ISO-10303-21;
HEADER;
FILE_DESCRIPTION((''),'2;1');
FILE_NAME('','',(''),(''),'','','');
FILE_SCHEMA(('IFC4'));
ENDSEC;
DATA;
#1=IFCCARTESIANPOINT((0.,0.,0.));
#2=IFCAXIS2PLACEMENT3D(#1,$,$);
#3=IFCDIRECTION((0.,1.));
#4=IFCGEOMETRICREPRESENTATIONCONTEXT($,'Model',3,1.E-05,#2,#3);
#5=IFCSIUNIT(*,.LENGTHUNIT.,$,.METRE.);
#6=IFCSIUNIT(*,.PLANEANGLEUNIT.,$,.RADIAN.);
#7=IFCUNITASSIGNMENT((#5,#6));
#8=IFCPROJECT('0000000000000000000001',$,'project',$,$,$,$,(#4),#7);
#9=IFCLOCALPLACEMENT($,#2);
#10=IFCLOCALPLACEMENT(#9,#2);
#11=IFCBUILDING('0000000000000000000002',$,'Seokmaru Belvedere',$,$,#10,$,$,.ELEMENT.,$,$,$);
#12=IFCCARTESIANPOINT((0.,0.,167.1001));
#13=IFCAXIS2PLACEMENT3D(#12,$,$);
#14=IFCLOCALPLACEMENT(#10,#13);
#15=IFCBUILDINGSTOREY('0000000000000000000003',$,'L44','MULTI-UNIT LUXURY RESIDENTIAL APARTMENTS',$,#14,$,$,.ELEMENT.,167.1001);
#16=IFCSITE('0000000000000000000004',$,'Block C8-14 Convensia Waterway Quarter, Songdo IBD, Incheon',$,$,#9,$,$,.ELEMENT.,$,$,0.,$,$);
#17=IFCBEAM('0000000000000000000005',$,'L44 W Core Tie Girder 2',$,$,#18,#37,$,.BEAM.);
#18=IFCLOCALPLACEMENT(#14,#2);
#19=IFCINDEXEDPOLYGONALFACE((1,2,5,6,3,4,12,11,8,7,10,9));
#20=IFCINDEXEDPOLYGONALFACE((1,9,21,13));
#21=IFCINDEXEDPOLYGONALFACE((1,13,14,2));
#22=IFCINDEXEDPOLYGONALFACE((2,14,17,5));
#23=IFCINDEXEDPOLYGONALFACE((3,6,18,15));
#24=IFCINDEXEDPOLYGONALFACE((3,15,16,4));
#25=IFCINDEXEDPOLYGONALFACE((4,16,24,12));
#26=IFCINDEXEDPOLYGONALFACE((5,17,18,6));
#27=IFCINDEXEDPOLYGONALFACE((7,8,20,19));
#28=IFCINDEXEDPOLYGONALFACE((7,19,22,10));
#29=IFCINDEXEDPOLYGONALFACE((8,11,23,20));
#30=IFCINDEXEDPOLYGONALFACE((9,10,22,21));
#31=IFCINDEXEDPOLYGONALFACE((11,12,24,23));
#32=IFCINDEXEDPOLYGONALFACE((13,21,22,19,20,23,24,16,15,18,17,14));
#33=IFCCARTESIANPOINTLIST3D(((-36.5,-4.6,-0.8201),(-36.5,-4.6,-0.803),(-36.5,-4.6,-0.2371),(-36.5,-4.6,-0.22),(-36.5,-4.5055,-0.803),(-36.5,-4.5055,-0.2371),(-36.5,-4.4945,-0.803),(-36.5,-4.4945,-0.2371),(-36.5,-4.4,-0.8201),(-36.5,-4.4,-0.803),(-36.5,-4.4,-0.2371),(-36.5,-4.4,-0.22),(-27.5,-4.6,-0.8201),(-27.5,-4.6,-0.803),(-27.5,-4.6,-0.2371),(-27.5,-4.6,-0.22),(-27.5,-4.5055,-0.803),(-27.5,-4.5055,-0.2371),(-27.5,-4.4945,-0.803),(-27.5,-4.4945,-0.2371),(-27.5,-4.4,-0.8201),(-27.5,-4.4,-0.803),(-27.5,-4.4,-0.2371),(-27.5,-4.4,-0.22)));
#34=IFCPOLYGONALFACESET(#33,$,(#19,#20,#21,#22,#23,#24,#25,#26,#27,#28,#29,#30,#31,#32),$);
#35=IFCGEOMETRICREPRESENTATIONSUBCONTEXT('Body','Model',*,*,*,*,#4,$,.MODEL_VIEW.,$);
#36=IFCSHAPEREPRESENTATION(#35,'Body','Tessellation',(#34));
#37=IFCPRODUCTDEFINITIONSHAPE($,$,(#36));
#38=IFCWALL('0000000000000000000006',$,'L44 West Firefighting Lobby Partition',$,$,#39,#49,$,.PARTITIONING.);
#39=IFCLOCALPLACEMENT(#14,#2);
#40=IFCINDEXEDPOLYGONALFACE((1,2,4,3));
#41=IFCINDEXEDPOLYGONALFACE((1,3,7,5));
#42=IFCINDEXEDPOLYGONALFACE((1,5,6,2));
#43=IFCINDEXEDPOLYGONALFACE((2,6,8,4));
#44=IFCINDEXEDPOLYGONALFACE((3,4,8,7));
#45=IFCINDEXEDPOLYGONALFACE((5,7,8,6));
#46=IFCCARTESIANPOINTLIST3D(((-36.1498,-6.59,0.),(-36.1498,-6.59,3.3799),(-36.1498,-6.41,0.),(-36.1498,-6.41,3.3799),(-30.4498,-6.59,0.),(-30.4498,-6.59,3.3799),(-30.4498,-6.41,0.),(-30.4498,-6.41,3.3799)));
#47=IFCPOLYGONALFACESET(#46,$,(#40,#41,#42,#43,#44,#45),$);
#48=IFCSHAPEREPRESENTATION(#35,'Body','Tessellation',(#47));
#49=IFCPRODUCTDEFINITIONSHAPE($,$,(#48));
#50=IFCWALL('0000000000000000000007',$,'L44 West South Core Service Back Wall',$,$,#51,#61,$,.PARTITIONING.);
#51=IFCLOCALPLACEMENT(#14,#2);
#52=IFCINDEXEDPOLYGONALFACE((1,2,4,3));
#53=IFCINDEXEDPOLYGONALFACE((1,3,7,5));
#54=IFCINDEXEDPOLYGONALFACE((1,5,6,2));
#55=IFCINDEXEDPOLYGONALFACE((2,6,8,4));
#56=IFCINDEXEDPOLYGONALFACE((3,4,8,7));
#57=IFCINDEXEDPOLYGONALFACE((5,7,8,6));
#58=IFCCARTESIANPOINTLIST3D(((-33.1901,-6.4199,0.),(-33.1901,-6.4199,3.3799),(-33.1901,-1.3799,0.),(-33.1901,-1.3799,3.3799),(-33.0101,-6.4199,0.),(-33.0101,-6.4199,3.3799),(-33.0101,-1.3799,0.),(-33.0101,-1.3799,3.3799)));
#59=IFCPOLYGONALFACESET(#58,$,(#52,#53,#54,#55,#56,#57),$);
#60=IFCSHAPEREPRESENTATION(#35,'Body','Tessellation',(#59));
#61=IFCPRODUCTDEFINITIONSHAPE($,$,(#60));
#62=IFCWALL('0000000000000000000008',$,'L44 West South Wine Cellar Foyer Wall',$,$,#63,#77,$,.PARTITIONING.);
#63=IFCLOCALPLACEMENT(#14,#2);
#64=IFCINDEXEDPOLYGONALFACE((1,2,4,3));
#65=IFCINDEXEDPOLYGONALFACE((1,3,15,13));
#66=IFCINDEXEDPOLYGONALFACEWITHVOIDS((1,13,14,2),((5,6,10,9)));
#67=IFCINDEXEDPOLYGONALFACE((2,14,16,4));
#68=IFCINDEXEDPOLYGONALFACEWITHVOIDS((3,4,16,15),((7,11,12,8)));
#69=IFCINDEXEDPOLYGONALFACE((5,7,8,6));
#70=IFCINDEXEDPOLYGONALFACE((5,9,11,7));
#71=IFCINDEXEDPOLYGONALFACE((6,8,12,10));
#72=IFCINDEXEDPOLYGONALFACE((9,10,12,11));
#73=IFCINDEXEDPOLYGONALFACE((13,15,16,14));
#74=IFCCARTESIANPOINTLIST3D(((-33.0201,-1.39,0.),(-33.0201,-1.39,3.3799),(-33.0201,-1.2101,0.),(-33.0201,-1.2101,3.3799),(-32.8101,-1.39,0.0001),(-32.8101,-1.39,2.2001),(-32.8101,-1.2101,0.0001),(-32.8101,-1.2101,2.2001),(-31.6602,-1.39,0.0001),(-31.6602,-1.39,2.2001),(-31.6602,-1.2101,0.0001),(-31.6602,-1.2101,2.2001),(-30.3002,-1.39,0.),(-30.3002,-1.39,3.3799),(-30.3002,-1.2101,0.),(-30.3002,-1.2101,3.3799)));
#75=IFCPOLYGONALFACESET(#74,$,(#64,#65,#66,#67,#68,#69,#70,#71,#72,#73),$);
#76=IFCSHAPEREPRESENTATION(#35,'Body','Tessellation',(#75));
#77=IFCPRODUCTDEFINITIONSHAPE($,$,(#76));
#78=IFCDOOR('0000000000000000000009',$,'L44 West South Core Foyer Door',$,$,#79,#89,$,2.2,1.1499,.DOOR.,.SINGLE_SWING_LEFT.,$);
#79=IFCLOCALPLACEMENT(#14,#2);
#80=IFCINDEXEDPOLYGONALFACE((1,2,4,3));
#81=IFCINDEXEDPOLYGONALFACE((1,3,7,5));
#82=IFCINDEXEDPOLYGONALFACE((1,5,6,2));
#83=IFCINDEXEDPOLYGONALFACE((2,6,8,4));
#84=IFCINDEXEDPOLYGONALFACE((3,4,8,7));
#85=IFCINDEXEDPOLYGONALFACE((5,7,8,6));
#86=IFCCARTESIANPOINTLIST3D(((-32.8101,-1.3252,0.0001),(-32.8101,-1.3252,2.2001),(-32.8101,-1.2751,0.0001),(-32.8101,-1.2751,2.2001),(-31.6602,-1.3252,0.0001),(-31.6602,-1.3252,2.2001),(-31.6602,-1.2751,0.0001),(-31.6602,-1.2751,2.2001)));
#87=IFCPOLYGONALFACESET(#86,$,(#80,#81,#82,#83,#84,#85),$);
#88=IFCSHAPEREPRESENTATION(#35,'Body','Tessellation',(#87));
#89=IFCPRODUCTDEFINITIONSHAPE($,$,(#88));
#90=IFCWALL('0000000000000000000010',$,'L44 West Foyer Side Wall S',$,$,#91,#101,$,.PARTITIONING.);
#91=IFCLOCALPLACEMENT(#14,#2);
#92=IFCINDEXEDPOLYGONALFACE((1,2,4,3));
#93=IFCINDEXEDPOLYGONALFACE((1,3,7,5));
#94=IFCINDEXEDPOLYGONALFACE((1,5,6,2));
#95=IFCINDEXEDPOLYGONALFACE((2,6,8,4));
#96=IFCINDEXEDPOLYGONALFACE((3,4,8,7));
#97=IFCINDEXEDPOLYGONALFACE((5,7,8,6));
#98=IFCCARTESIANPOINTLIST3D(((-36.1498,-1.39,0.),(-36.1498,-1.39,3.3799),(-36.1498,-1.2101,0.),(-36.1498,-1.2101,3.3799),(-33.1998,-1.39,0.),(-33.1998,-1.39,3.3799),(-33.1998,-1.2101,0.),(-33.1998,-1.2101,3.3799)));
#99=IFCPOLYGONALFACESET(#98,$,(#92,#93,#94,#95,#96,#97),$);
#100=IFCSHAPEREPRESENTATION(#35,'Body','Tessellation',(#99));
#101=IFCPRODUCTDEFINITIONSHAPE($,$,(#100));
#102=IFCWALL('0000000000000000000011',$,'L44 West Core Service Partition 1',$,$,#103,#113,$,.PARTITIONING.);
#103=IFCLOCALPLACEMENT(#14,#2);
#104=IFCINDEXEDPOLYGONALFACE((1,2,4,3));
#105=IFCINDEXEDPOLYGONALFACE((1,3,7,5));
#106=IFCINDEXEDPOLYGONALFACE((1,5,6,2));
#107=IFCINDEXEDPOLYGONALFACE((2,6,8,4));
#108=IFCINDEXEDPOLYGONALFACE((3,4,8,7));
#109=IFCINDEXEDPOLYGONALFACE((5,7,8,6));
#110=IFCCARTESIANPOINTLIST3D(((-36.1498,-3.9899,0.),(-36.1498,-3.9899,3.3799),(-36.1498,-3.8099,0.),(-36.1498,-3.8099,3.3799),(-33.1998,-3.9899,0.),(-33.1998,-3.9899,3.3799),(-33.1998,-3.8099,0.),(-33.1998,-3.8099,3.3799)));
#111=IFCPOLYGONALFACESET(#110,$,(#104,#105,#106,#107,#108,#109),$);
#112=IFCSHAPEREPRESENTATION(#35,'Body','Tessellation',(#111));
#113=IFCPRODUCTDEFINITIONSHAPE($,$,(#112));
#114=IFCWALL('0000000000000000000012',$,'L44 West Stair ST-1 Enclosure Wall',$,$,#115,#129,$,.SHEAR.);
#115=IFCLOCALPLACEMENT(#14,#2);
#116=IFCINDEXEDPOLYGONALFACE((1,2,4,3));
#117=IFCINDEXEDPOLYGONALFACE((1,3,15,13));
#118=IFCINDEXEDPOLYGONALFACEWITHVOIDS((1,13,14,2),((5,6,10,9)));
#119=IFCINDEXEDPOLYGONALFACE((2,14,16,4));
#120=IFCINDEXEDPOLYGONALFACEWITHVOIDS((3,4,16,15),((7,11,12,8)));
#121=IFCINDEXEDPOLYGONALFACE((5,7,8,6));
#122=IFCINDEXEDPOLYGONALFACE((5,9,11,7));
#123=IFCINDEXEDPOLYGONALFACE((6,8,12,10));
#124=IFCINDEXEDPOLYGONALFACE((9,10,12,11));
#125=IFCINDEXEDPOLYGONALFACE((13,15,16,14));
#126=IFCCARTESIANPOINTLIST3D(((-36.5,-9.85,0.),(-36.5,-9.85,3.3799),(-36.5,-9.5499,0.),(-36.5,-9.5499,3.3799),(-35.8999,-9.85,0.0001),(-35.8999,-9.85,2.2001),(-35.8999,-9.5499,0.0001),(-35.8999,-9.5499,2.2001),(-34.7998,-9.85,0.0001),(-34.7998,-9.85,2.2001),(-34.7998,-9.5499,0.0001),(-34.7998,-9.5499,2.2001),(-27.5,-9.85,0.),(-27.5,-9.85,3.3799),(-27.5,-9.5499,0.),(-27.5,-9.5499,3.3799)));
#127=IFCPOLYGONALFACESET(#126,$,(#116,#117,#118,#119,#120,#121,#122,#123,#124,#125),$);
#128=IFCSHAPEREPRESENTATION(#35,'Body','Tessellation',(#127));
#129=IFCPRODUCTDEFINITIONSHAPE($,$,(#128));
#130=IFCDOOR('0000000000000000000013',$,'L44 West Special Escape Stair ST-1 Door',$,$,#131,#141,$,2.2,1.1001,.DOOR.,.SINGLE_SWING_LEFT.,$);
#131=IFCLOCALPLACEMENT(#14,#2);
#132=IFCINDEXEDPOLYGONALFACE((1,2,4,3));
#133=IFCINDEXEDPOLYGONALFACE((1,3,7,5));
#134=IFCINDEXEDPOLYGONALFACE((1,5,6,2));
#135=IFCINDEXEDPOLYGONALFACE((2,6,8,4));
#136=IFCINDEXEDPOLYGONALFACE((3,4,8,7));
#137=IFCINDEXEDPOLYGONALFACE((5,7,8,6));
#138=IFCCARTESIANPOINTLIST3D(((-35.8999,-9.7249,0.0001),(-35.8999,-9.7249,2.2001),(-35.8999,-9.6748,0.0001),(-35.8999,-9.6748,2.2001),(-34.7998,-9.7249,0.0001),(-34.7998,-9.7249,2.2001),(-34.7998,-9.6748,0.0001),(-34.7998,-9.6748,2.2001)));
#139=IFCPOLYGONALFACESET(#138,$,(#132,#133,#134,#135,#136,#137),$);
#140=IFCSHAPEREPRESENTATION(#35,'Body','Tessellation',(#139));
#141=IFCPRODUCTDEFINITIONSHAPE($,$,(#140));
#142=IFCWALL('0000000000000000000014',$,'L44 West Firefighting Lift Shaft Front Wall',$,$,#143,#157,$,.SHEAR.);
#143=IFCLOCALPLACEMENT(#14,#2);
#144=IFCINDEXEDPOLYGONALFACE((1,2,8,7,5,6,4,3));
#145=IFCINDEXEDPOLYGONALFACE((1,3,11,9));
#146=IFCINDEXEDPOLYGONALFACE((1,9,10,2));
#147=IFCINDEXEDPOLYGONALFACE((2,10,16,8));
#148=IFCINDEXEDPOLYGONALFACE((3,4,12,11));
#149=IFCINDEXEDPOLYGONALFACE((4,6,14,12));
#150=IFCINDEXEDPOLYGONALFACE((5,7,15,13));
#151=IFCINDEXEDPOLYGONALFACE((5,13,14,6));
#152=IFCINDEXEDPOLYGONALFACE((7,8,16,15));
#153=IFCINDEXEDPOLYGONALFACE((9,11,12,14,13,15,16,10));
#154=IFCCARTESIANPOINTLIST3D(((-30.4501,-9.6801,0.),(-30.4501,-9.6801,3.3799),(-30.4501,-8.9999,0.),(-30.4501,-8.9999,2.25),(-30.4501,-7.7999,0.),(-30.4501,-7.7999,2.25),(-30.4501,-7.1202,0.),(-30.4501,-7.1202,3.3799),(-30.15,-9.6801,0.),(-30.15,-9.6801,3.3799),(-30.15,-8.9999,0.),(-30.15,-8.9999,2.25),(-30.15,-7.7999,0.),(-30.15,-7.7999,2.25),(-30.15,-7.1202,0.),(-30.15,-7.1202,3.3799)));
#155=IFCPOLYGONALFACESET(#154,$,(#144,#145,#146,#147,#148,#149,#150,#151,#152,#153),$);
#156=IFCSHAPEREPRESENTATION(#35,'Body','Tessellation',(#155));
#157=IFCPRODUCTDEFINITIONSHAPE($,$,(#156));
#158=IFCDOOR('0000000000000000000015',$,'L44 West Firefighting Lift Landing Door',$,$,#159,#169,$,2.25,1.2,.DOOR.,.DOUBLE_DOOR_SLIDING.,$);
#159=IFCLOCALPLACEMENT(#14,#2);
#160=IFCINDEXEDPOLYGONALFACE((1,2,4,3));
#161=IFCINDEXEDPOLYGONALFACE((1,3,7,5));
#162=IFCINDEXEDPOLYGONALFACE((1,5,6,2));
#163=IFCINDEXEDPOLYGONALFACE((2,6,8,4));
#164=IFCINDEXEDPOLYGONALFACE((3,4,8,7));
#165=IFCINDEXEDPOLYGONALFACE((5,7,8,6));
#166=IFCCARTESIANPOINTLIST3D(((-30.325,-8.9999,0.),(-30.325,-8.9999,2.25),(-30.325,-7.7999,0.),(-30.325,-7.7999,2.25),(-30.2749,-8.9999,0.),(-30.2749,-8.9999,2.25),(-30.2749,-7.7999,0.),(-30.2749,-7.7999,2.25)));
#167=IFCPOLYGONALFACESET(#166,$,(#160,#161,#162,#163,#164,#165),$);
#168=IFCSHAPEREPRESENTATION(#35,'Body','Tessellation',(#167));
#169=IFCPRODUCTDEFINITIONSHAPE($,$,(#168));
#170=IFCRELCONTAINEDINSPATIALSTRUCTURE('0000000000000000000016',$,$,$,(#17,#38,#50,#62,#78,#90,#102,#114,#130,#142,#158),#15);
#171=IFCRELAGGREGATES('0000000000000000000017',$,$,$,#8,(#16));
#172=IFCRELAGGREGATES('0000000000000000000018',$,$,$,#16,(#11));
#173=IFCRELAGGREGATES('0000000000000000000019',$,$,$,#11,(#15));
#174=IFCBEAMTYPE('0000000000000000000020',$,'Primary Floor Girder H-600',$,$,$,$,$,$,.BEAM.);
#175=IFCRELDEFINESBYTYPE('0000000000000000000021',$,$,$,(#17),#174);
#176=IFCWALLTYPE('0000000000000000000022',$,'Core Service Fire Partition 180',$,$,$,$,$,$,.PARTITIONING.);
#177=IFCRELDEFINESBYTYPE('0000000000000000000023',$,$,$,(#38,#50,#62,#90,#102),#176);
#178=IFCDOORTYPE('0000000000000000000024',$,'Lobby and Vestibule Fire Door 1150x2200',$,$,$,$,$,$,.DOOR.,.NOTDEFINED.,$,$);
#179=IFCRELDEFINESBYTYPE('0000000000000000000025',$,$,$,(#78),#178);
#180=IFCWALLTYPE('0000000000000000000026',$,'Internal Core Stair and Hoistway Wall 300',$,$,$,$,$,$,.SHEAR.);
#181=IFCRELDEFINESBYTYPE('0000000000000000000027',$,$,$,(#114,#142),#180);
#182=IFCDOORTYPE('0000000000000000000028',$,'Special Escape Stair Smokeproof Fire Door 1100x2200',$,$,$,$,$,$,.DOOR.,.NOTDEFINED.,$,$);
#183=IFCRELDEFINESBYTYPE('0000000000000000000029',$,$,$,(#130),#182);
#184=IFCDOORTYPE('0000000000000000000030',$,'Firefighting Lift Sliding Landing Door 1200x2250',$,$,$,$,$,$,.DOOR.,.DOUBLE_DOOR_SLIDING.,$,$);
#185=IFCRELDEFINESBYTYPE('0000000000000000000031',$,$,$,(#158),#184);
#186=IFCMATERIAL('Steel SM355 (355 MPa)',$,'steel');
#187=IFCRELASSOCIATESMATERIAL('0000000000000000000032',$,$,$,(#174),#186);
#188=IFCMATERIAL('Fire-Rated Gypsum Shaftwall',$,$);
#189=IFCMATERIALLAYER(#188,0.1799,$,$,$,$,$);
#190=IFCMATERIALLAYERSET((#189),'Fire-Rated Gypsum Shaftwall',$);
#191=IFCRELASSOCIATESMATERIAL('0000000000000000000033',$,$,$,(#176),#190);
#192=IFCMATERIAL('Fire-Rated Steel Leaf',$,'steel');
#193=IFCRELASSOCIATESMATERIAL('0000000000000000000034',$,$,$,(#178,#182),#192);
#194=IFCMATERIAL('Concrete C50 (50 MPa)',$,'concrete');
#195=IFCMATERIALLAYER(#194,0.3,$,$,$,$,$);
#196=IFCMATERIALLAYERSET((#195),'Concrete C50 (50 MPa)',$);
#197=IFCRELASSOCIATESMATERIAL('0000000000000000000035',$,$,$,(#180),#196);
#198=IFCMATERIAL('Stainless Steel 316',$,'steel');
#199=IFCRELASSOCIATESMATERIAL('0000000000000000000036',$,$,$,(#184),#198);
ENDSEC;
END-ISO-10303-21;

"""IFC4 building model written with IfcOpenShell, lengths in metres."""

from ifc_helpers import new_model, si_unit, direction, frame, frame_2d, origin, origin_2d, place, context, subcontext, project, spatial, rectangle, i_section, extrude, source, transform, mapped, material, layer, layer_set, material_profile, profile_set, type_object, type_shapes, element, fill, save


model = new_model("IFC4")

# Units and contexts
model_context = context("Model", 3, precision=1e-05, world=origin(), true_north=direction((0.0, 1.0)))
body_context = subcontext(model_context, "Body", "Model", "MODEL_VIEW")
ifc_project = project(units=[si_unit("LENGTHUNIT", "METRE"), si_unit("PLANEANGLEUNIT", "RADIAN")], contexts=[model_context])

# Site, building, storey
site_placement = place(None, origin())
site = spatial("IfcSite", under=ifc_project, at=site_placement, Name="Block C8-14 Convensia Waterway Quarter, Songdo IBD, Incheon", CompositionType="ELEMENT", RefElevation=0.0)
building_placement = place(site_placement, origin())
building = spatial("IfcBuilding", under=site, at=building_placement, Name="Seokmaru Belvedere", CompositionType="ELEMENT")
storey_placement = place(building_placement, frame((0.0, 0.0, 167.1001)))
storey = spatial("IfcBuildingStorey", under=building, at=storey_placement, Name="L44", Description="MULTI-UNIT LUXURY RESIDENTIAL APARTMENTS", CompositionType="ELEMENT", Elevation=167.1001)

# Beam
ifc_material_1 = material(Name="Steel SM355 (355 MPa)", Category="steel")
ifc_material_profile = material_profile(ifc_material_1, i_section(OverallWidth=0.2, OverallDepth=0.6001, WebThickness=0.011, FlangeThickness=0.0171, at=origin_2d()), Name="H-600x200x11x17")
ifc_profile_set = profile_set([ifc_material_profile], Name="Steel SM355 (355 MPa)")
beam_type = type_object("IfcBeamType", Name="Primary Floor Girder H-600", PredefinedType="BEAM", material=ifc_profile_set)
shared_shape_1 = source(origin(), body_context, "Body", "SweptSolid", [
    extrude(i_section(OverallWidth=0.2, OverallDepth=0.6001, WebThickness=0.011, FlangeThickness=0.0171, at=origin_2d()), origin(), (0.0, 0.0, 1.0), 9.0),
])
type_shapes(beam_type, [shared_shape_1])
beam_placement = place(storey_placement, frame((-36.5, -4.5, -0.52), z_axis=(1.0, 0.0, 0.0), x_axis=(0.0, 1.0, 0.0)))
element("IfcBeam", 1, at=beam_placement, inside=storey, type_object=beam_type, Name="L44 W Core Tie Girder 2", PredefinedType="BEAM", context=body_context, shape_type="MappedRepresentation", body=[
    mapped(shared_shape_1, transform((0.0, 0.0, 0.0), scale=1.0)),
])

# Walls
ifc_material_2 = material(Name="Fire-Rated Gypsum Shaftwall")
ifc_layer_1 = layer(ifc_material_2, 0.1799)
ifc_layer_set_1 = layer_set([ifc_layer_1], Name="Fire-Rated Gypsum Shaftwall")
wall_type_1 = type_object("IfcWallType", Name="Core Service Fire Partition 180", PredefinedType="PARTITIONING", material=ifc_layer_set_1)
wall_1_placement = place(storey_placement, frame((-36.1499, -6.5, 0.0), z_axis=(0.0, 0.0, 1.0), x_axis=(1.0, 0.0, 0.0)))
element("IfcWall", 2, at=wall_1_placement, inside=storey, type_object=wall_type_1, Name="L44 West Firefighting Lobby Partition", PredefinedType="PARTITIONING", context=body_context, shape_type="SweptSolid", body=[
    extrude(rectangle(XDim=5.7, YDim=0.1799, at=frame_2d((2.8501, 0.0))), origin(), (0.0, 0.0, 1.0), 3.3799),
])
wall_2_placement = place(storey_placement, frame((-33.1001, -6.4199, 0.0), z_axis=(0.0, 0.0, 1.0), x_axis=(0.0, 1.0, 0.0)))
element("IfcWall", 3, at=wall_2_placement, inside=storey, type_object=wall_type_1, Name="L44 West South Core Service Back Wall", PredefinedType="PARTITIONING", context=body_context, shape_type="SweptSolid", body=[
    extrude(rectangle(XDim=5.04, YDim=0.1799, at=frame_2d((2.52, 0.0))), origin(), (0.0, 0.0, 1.0), 3.3799),
])

# Wall, opening, door
wall_3_placement = place(storey_placement, frame((-33.02, -1.3, 0.0), z_axis=(0.0, 0.0, 1.0), x_axis=(1.0, 0.0, 0.0)))
wall_3 = element("IfcWall", 4, at=wall_3_placement, inside=storey, type_object=wall_type_1, Name="L44 West South Wine Cellar Foyer Wall", PredefinedType="PARTITIONING", context=body_context, shape_type="SweptSolid", body=[
    extrude(rectangle(XDim=2.72, YDim=0.1799, at=frame_2d((1.3599, 0.0))), origin(), (0.0, 0.0, 1.0), 3.3799),
])
opening_1_placement = place(wall_3_placement, frame((0.21, 0.0, 0.0)))
opening_1 = element("IfcOpeningElement", 5, at=opening_1_placement, cuts=wall_3, PredefinedType="OPENING", context=body_context, shape_type="SweptSolid", body=[
    extrude(rectangle(XDim=1.1499, YDim=2.2, at=frame_2d((0.575, 1.1001))), frame((0.0, 0.1001, 0.0), z_axis=(0.0, -1.0, 0.0), x_axis=(1.0, 0.0, 0.0)), (0.0, 0.0, 1.0), 0.2),
])
ifc_material_3 = material(Name="Fire-Rated Steel Leaf", Category="steel")
door_type_1 = type_object("IfcDoorType", Name="Lobby and Vestibule Fire Door 1150x2200", OperationType="NOTDEFINED", PredefinedType="DOOR", material=ifc_material_3)
shared_shape_2 = source(origin(), body_context, "Body", "SweptSolid", [
    extrude(rectangle(XDim=1.1499, YDim=2.2, at=frame_2d((0.575, 1.1001))), frame((0.0, 0.0249, 0.0), z_axis=(0.0, -1.0, 0.0), x_axis=(1.0, 0.0, 0.0)), (0.0, 0.0, 1.0), 0.05),
])
type_shapes(door_type_1, [shared_shape_2])
door_1_placement = place(opening_1_placement, origin())
door_1 = element("IfcDoor", 6, at=door_1_placement, inside=storey, type_object=door_type_1, Name="L44 West South Core Foyer Door", OperationType="SINGLE_SWING_LEFT", OverallHeight=2.2, OverallWidth=1.1499, PredefinedType="DOOR", context=body_context, shape_type="MappedRepresentation", body=[
    mapped(shared_shape_2, transform((0.0, 0.0, 0.0), scale=1.0)),
])
fill(opening_1, door_1)

# Walls
for number, where, z_axis, x_axis, name in (
    (7, (-36.1499, -1.3, 0.0), (0.0, 0.0, 1.0), (1.0, 0.0, 0.0), "L44 West Foyer Side Wall S"),
    (8, (-36.1499, -3.8999, 0.0), (0.0, 0.0, 1.0), (1.0, 0.0, 0.0), "L44 West Core Service Partition 1"),
):
    element("IfcWall", number, at=place(storey_placement, frame(where, z_axis=z_axis, x_axis=x_axis)), inside=storey, type_object=wall_type_1, Name=name, PredefinedType="PARTITIONING", context=body_context, shape_type="SweptSolid", body=[
        extrude(rectangle(XDim=2.95, YDim=0.1799, at=frame_2d((1.4751, 0.0))), origin(), (0.0, 0.0, 1.0), 3.3799),
    ])

# Walls, openings, doors
ifc_material_4 = material(Name="Concrete C50 (50 MPa)", Category="concrete")
ifc_layer_2 = layer(ifc_material_4, 0.3)
ifc_layer_set_2 = layer_set([ifc_layer_2], Name="Concrete C50 (50 MPa)")
wall_type_2 = type_object("IfcWallType", Name="Internal Core Stair and Hoistway Wall 300", PredefinedType="SHEAR", material=ifc_layer_set_2)
wall_4_placement = place(storey_placement, frame((-36.5, -9.7, 0.0), z_axis=(0.0, 0.0, 1.0), x_axis=(1.0, 0.0, 0.0)))
wall_4 = element("IfcWall", 9, at=wall_4_placement, inside=storey, type_object=wall_type_2, Name="L44 West Stair ST-1 Enclosure Wall", PredefinedType="SHEAR", context=body_context, shape_type="SweptSolid", body=[
    extrude(rectangle(XDim=9.0, YDim=0.3, at=frame_2d((4.5, 0.0))), origin(), (0.0, 0.0, 1.0), 3.3799),
])
opening_2_placement = place(wall_4_placement, frame((0.6001, 0.0, 0.0)))
opening_2 = element("IfcOpeningElement", 10, at=opening_2_placement, cuts=wall_4, PredefinedType="OPENING", context=body_context, shape_type="SweptSolid", body=[
    extrude(rectangle(XDim=1.1001, YDim=2.2, at=frame_2d((0.55, 1.1001))), frame((0.0, 0.1602, 0.0), z_axis=(0.0, -1.0, 0.0), x_axis=(1.0, 0.0, 0.0)), (0.0, 0.0, 1.0), 0.3201),
])
door_type_2 = type_object("IfcDoorType", Name="Special Escape Stair Smokeproof Fire Door 1100x2200", OperationType="NOTDEFINED", PredefinedType="DOOR", material=ifc_material_3)
shared_shape_3 = source(origin(), body_context, "Body", "SweptSolid", [
    extrude(rectangle(XDim=1.1001, YDim=2.2, at=frame_2d((0.55, 1.1001))), frame((0.0, 0.0249, 0.0), z_axis=(0.0, -1.0, 0.0), x_axis=(1.0, 0.0, 0.0)), (0.0, 0.0, 1.0), 0.05),
])
type_shapes(door_type_2, [shared_shape_3])
door_2_placement = place(opening_2_placement, frame((1.1001, 0.0, 0.0), z_axis=(0.0, 0.0, 1.0), x_axis=(-1.0, 0.0, 0.0)))
door_2 = element("IfcDoor", 11, at=door_2_placement, inside=storey, type_object=door_type_2, Name="L44 West Special Escape Stair ST-1 Door", OperationType="SINGLE_SWING_LEFT", OverallHeight=2.2, OverallWidth=1.1001, PredefinedType="DOOR", context=body_context, shape_type="MappedRepresentation", body=[
    mapped(shared_shape_3, transform((0.0, 0.0, 0.0), scale=1.0)),
])
fill(opening_2, door_2)
wall_5_placement = place(storey_placement, frame((-30.3, -9.6799, 0.0), z_axis=(0.0, 0.0, 1.0), x_axis=(0.0, 1.0, 0.0)))
wall_5 = element("IfcWall", 12, at=wall_5_placement, inside=storey, type_object=wall_type_2, Name="L44 West Firefighting Lift Shaft Front Wall", PredefinedType="SHEAR", context=body_context, shape_type="SweptSolid", body=[
    extrude(rectangle(XDim=2.5598, YDim=0.3, at=frame_2d((1.2798, 0.0))), origin(), (0.0, 0.0, 1.0), 3.3799),
])
opening_3_placement = place(wall_5_placement, frame((0.6799, 0.0, 0.0)))
opening_3 = element("IfcOpeningElement", 13, at=opening_3_placement, cuts=wall_5, PredefinedType="OPENING", context=body_context, shape_type="SweptSolid", body=[
    extrude(rectangle(XDim=1.2, YDim=2.25, at=frame_2d((0.6001, 1.125))), frame((0.0, 0.1602, 0.0), z_axis=(0.0, -1.0, 0.0), x_axis=(1.0, 0.0, 0.0)), (0.0, 0.0, 1.0), 0.3201),
])
ifc_material_5 = material(Name="Stainless Steel 316", Category="steel")
door_type_3 = type_object("IfcDoorType", Name="Firefighting Lift Sliding Landing Door 1200x2250", OperationType="DOUBLE_DOOR_SLIDING", PredefinedType="DOOR", material=ifc_material_5)
shared_shape_4 = source(origin(), body_context, "Body", "SweptSolid", [
    extrude(rectangle(XDim=1.2, YDim=2.25, at=frame_2d((0.6001, 1.125))), frame((0.0, 0.0249, 0.0), z_axis=(0.0, -1.0, 0.0), x_axis=(1.0, 0.0, 0.0)), (0.0, 0.0, 1.0), 0.05),
])
type_shapes(door_type_3, [shared_shape_4])
door_3_placement = place(opening_3_placement, origin())
door_3 = element("IfcDoor", 14, at=door_3_placement, inside=storey, type_object=door_type_3, Name="L44 West Firefighting Lift Landing Door", OperationType="DOUBLE_DOOR_SLIDING", OverallHeight=2.25, OverallWidth=1.2, PredefinedType="DOOR", context=body_context, shape_type="MappedRepresentation", body=[
    mapped(shared_shape_4, transform((0.0, 0.0, 0.0), scale=1.0)),
])
fill(opening_3, door_3)

save(model, "model.ifc")
